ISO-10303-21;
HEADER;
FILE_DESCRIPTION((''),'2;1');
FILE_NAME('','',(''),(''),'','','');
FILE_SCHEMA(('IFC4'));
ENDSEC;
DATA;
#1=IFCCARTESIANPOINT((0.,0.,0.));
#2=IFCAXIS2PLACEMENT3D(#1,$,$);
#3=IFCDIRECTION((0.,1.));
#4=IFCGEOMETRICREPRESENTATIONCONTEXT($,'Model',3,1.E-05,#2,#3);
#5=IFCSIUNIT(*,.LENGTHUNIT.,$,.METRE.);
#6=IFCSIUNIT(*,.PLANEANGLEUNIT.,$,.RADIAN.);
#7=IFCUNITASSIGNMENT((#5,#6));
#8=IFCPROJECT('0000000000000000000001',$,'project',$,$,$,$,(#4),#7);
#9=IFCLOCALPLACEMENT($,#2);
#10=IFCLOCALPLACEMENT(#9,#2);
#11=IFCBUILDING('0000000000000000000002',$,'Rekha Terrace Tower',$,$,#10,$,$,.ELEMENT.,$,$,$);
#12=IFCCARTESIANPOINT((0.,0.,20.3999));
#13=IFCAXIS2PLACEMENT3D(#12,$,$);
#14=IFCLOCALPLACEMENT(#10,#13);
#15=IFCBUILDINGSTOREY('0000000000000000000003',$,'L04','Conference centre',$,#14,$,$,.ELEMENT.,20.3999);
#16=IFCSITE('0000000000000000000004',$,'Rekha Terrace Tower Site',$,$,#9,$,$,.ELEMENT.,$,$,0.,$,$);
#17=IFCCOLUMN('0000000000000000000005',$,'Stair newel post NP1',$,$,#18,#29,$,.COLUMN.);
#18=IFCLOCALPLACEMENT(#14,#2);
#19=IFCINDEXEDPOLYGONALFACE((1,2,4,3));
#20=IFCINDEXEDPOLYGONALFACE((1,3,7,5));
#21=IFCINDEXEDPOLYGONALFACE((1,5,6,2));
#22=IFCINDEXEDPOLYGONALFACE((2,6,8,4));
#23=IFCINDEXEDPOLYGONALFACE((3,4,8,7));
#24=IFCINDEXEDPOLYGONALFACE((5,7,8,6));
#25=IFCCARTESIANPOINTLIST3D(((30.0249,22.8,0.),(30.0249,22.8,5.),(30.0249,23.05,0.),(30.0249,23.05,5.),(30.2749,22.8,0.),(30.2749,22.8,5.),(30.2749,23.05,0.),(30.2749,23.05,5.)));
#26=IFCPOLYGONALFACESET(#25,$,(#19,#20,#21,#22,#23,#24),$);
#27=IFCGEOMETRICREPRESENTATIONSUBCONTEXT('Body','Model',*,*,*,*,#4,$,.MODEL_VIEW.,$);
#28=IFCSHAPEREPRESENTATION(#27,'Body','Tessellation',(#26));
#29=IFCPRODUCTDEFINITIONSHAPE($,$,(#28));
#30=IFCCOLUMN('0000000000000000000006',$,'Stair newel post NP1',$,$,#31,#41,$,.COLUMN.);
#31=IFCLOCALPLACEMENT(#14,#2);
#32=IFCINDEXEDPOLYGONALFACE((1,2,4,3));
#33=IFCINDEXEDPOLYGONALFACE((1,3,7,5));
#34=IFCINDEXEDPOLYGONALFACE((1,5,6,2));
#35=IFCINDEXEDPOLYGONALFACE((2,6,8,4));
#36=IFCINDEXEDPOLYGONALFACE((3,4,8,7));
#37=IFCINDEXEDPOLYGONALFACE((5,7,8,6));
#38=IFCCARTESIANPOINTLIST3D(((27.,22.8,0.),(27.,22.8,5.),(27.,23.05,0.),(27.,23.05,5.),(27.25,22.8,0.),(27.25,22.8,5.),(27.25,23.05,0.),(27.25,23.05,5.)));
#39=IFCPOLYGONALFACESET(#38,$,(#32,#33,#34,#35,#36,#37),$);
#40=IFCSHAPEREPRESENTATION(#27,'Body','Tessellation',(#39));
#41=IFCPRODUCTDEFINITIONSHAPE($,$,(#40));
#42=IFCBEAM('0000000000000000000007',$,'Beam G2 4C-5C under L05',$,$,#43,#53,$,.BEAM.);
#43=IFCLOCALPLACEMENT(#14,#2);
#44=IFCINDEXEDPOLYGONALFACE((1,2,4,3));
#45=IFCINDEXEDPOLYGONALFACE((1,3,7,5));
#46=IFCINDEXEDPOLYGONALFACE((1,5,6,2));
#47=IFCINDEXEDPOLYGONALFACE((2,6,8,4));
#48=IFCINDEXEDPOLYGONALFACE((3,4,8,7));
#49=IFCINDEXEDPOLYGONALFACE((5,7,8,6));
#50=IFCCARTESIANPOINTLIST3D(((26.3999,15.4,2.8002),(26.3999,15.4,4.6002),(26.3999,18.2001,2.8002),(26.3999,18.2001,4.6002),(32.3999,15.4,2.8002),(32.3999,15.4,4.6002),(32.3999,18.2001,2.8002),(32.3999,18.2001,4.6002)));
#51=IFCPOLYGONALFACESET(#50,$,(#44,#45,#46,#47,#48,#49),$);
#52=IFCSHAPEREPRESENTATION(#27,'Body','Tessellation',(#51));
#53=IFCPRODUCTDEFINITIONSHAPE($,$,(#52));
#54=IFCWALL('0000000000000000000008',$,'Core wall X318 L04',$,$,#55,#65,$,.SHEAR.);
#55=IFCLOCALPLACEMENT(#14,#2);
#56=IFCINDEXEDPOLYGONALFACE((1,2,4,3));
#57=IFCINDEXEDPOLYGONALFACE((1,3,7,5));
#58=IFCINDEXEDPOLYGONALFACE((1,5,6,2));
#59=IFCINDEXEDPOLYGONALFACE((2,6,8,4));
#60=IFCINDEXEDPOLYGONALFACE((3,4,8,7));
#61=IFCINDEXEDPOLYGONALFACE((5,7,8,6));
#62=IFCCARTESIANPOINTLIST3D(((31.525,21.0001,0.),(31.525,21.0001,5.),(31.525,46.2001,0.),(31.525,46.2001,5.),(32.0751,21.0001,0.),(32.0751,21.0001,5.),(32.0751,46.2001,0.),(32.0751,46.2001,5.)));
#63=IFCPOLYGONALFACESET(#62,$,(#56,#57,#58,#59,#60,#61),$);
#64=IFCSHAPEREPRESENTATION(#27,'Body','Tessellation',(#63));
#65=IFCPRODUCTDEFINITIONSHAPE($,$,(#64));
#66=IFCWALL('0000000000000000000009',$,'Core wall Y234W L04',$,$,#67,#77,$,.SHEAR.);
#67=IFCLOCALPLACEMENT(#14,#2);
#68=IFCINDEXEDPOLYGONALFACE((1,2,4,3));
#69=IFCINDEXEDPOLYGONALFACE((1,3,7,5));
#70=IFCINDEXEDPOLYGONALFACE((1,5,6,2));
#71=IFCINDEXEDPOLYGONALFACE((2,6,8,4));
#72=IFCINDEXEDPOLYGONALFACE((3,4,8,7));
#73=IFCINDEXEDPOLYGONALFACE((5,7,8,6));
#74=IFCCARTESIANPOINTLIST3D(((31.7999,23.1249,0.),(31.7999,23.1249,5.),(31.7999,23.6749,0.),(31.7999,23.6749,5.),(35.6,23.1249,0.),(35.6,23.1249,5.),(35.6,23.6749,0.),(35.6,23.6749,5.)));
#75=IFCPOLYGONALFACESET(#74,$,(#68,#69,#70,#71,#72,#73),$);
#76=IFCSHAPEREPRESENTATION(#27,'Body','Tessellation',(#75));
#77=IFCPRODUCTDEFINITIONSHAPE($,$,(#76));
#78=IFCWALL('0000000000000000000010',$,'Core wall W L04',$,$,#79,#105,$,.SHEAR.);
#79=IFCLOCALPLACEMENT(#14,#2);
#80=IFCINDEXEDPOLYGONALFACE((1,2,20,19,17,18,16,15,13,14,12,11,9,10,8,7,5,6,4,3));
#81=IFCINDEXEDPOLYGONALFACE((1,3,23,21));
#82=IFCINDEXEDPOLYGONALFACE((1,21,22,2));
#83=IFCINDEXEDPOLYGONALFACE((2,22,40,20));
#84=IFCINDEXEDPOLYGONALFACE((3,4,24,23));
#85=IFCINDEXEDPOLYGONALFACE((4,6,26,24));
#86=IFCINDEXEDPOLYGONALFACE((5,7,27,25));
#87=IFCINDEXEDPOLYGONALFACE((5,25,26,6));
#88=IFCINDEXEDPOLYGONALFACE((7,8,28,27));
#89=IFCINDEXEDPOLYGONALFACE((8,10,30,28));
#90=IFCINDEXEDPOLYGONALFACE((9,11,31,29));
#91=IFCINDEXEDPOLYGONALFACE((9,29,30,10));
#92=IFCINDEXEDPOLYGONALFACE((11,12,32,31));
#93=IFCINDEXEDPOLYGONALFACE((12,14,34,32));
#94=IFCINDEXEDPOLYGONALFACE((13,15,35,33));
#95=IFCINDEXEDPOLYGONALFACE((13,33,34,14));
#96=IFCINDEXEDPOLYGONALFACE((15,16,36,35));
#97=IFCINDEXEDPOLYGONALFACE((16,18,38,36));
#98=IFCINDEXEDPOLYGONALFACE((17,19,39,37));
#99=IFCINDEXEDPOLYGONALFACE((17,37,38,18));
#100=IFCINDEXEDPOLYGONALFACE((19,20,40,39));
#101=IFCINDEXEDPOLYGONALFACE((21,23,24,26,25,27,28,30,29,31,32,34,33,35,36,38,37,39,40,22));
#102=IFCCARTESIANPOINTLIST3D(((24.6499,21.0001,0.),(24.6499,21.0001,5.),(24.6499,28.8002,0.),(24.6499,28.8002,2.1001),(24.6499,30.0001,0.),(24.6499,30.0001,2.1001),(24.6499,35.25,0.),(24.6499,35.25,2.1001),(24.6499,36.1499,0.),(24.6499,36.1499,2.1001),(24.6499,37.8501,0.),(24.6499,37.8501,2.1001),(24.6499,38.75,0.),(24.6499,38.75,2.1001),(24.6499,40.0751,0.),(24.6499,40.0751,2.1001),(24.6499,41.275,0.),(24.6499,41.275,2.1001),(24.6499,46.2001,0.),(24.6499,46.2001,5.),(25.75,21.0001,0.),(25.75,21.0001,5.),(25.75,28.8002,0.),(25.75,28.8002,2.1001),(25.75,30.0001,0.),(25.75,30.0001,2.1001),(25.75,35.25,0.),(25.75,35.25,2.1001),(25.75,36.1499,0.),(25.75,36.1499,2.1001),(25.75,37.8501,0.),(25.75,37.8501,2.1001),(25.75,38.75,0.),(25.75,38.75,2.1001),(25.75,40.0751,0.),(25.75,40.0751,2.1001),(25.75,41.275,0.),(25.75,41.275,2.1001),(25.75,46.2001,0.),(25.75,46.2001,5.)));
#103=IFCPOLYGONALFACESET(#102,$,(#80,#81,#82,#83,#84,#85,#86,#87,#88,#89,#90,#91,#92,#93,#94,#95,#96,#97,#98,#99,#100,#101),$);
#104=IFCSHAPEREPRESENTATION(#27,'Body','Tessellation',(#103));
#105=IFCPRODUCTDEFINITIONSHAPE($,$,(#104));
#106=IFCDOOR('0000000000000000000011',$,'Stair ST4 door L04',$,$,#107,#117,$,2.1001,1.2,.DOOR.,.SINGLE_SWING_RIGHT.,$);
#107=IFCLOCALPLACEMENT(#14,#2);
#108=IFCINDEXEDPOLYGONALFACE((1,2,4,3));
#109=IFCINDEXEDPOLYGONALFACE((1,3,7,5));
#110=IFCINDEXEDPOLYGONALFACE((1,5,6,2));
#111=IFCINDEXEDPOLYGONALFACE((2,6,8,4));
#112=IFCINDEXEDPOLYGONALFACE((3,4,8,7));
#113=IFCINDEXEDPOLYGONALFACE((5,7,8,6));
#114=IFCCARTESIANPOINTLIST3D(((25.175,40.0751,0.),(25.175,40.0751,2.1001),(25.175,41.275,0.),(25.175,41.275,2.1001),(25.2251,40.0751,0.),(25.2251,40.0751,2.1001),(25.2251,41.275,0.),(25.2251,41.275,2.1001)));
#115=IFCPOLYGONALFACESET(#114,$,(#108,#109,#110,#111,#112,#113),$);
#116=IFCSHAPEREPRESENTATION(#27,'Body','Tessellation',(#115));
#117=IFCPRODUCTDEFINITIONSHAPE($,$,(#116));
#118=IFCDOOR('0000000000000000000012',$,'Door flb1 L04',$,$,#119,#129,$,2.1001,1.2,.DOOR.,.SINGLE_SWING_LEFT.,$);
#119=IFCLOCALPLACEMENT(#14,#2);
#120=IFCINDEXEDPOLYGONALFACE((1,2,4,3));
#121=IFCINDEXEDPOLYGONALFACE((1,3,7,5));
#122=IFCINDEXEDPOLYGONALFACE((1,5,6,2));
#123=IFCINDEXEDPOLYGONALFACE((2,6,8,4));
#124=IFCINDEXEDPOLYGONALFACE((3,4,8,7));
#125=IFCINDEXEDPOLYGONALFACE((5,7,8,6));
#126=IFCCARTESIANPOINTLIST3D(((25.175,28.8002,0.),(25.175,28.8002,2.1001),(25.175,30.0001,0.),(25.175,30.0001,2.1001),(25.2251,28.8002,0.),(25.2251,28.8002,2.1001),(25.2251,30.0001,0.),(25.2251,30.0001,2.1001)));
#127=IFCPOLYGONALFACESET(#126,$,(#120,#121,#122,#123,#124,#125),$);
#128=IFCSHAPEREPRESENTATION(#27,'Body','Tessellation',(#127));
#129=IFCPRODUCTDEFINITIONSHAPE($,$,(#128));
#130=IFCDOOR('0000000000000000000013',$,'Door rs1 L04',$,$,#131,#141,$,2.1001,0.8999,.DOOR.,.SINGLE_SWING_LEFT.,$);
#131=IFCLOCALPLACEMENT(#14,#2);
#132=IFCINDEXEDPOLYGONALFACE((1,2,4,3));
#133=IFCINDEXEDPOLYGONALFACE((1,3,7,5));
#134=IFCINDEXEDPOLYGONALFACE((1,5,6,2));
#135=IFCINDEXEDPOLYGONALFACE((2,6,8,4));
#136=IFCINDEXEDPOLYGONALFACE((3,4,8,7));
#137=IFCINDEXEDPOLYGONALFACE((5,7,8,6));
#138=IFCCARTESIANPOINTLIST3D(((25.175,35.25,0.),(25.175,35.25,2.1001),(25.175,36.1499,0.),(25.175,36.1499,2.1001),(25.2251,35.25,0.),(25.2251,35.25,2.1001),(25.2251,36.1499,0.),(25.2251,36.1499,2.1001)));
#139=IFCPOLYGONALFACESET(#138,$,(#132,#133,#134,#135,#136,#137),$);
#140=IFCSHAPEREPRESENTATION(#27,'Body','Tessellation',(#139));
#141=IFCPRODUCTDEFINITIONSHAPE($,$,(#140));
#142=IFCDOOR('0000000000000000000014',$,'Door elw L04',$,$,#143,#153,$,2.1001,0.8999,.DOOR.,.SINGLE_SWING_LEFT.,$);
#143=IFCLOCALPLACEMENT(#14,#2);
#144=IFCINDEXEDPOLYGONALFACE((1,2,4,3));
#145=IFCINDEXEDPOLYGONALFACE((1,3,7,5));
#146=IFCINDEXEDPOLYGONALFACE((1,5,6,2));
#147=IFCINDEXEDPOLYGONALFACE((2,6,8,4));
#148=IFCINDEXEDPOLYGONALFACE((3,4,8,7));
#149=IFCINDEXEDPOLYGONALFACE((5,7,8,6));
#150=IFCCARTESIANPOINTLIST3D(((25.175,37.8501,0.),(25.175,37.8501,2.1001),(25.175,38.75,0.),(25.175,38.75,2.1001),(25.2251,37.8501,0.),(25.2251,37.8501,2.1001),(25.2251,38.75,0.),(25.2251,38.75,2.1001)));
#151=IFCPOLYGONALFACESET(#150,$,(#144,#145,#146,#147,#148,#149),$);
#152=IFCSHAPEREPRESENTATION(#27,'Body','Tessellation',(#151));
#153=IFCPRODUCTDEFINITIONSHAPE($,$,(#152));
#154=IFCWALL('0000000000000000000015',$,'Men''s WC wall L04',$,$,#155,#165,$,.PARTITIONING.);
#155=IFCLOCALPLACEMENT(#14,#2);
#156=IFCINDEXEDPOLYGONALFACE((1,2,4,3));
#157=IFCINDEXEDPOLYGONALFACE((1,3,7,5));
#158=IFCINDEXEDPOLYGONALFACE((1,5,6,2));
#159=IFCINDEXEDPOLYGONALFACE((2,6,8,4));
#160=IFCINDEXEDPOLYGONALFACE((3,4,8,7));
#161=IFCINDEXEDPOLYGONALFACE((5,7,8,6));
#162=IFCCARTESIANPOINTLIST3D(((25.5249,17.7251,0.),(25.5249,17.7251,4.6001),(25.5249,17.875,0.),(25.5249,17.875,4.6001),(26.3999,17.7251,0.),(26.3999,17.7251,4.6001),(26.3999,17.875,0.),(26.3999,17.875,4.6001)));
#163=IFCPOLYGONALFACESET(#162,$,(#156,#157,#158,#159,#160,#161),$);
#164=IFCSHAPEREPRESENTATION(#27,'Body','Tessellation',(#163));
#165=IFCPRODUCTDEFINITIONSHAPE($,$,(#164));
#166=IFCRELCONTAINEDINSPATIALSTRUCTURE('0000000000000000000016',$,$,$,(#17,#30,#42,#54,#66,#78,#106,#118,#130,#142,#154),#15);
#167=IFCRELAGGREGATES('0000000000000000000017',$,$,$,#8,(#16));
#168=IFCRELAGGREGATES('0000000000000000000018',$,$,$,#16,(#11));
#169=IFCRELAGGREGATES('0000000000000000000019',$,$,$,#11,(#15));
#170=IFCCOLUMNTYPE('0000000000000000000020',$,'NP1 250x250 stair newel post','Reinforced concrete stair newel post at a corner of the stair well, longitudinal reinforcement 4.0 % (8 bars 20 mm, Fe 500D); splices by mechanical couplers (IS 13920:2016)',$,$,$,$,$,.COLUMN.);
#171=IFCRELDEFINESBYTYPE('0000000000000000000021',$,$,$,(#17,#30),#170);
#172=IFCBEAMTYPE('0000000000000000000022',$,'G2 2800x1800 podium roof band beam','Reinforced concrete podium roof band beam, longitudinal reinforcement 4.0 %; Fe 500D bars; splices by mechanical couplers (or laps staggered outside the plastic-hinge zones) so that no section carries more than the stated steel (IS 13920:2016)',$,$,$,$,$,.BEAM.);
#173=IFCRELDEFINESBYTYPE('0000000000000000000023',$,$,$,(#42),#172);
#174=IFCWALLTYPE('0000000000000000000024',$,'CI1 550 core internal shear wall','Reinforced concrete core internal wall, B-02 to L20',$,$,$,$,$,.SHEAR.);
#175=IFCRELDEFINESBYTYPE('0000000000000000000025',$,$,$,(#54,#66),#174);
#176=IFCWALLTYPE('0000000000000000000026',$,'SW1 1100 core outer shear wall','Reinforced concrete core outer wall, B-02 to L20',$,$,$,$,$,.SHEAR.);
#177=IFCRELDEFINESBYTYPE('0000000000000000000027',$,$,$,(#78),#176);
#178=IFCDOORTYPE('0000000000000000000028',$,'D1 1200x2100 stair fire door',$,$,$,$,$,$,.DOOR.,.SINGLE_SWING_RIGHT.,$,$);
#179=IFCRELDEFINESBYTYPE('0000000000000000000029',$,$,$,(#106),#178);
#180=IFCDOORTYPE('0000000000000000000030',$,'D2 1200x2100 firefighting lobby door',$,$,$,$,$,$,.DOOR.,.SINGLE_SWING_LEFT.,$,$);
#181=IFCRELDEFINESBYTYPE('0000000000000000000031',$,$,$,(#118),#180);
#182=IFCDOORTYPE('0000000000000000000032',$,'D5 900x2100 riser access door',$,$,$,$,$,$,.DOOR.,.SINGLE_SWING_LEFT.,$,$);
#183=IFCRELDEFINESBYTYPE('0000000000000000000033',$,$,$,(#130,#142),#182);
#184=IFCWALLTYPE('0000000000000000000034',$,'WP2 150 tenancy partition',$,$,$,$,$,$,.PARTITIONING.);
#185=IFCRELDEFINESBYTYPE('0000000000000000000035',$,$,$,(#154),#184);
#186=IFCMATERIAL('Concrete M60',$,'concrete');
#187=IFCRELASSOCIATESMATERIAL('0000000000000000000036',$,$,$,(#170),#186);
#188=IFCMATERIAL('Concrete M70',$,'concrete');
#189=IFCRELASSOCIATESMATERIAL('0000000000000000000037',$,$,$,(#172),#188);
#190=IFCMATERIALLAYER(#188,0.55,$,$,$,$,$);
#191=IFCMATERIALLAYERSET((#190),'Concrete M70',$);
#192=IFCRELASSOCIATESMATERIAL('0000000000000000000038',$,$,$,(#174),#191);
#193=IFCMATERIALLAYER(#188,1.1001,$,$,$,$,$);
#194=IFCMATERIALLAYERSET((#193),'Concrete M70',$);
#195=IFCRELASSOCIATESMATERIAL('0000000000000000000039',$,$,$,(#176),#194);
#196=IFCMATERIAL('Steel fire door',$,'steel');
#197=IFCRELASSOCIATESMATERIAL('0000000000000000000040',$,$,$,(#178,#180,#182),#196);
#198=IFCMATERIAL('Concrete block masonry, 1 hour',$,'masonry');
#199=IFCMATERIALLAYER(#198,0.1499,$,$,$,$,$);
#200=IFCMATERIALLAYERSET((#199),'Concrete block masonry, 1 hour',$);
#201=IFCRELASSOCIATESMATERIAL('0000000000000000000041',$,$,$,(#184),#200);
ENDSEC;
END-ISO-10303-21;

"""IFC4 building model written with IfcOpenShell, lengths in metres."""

from ifc_helpers import new_model, si_unit, direction, frame, frame_2d, origin, origin_2d, place, context, subcontext, project, spatial, rectangle, extrude, material, layer, layer_set, material_profile, profile_set, type_object, element, fill, save


model = new_model("IFC4")

# Units and contexts
model_context = context("Model", 3, precision=1e-05, world=origin(), true_north=direction((0.0, 1.0)))
body_context = subcontext(model_context, "Body", "Model", "MODEL_VIEW")
ifc_project = project(units=[si_unit("LENGTHUNIT", "METRE"), si_unit("PLANEANGLEUNIT", "RADIAN")], contexts=[model_context])

# Site, building, storey
site_placement = place(None, origin())
site = spatial("IfcSite", under=ifc_project, at=site_placement, Name="Rekha Terrace Tower Site", CompositionType="ELEMENT", RefElevation=0.0)
building_placement = place(site_placement, origin())
building = spatial("IfcBuilding", under=site, at=building_placement, Name="Rekha Terrace Tower", CompositionType="ELEMENT")
storey_placement = place(building_placement, frame((0.0, 0.0, 20.3999)))
storey = spatial("IfcBuildingStorey", under=building, at=storey_placement, Name="L04", Description="Conference centre", CompositionType="ELEMENT", Elevation=20.3999)

# Columns
ifc_material_1 = material(Name="Concrete M60", Category="concrete")
ifc_material_profile_1 = material_profile(ifc_material_1, rectangle(XDim=0.25, YDim=0.25, at=origin_2d()), Name="RC 250x250")
ifc_profile_set_1 = profile_set([ifc_material_profile_1], Name="Concrete M60")
column_type = type_object("IfcColumnType", Name="NP1 250x250 stair newel post", Description="Reinforced concrete stair newel post at a corner of the stair well, longitudinal reinforcement 4.0 % (8 bars 20 mm, Fe 500D); splices by mechanical couplers (IS 13920:2016)", PredefinedType="COLUMN", material=ifc_profile_set_1)
for number, where, z_axis, x_axis, name in (
    (1, (30.1499, 22.925, 0.0), (0.0, 0.0, 1.0), (1.0, 0.0, 0.0), "Stair newel post NP1"),
    (2, (27.125, 22.925, 0.0), (0.0, 0.0, 1.0), (1.0, 0.0, 0.0), "Stair newel post NP1"),
):
    element("IfcColumn", number, at=place(storey_placement, frame(where, z_axis=z_axis, x_axis=x_axis)), inside=storey, type_object=column_type, Name=name, PredefinedType="COLUMN", context=body_context, shape_type="SweptSolid", body=[
        extrude(rectangle(XDim=0.25, YDim=0.25, at=origin_2d()), origin(), (0.0, 0.0, 1.0), 5.0),
    ])

# Beam
ifc_material_2 = material(Name="Concrete M70", Category="concrete")
ifc_material_profile_2 = material_profile(ifc_material_2, rectangle(XDim=2.8, YDim=1.8, at=origin_2d()), Name="RC 2800x1800")
ifc_profile_set_2 = profile_set([ifc_material_profile_2], Name="Concrete M70")
beam_type = type_object("IfcBeamType", Name="G2 2800x1800 podium roof band beam", Description="Reinforced concrete podium roof band beam, longitudinal reinforcement 4.0 %; Fe 500D bars; splices by mechanical couplers (or laps staggered outside the plastic-hinge zones) so that no section carries more than the stated steel (IS 13920:2016)", PredefinedType="BEAM", material=ifc_profile_set_2)
beam_placement = place(storey_placement, frame((26.3999, 16.8, 3.7002), z_axis=(1.0, 0.0, 0.0), x_axis=(0.0, 1.0, 0.0)))
element("IfcBeam", 3, at=beam_placement, inside=storey, type_object=beam_type, Name="Beam G2 4C-5C under L05", PredefinedType="BEAM", context=body_context, shape_type="SweptSolid", body=[
    extrude(rectangle(XDim=2.8, YDim=1.8, at=origin_2d()), origin(), (0.0, 0.0, 1.0), 6.0),
])

# Walls
ifc_layer_1 = layer(ifc_material_2, 0.55)
ifc_layer_set_1 = layer_set([ifc_layer_1], Name="Concrete M70")
wall_type_1 = type_object("IfcWallType", Name="CI1 550 core internal shear wall", Description="Reinforced concrete core internal wall, B-02 to L20", PredefinedType="SHEAR", material=ifc_layer_set_1)
wall_1_placement = place(storey_placement, frame((31.8, 21.0, 0.0), z_axis=(0.0, 0.0, 1.0), x_axis=(0.0, 1.0, 0.0)))
element("IfcWall", 4, at=wall_1_placement, inside=storey, type_object=wall_type_1, Name="Core wall X318 L04", PredefinedType="SHEAR", context=body_context, shape_type="SweptSolid", body=[
    extrude(rectangle(XDim=25.2, YDim=0.55, at=frame_2d((12.6001, 0.0))), origin(), (0.0, 0.0, 1.0), 5.0),
])
wall_2_placement = place(storey_placement, frame((31.8, 23.3999, 0.0), z_axis=(0.0, 0.0, 1.0), x_axis=(1.0, 0.0, 0.0)))
element("IfcWall", 5, at=wall_2_placement, inside=storey, type_object=wall_type_1, Name="Core wall Y234W L04", PredefinedType="SHEAR", context=body_context, shape_type="SweptSolid", body=[
    extrude(rectangle(XDim=3.8, YDim=0.55, at=frame_2d((1.8999, 0.0))), origin(), (0.0, 0.0, 1.0), 5.0),
])

# Wall, openings, doors
ifc_layer_2 = layer(ifc_material_2, 1.1001)
ifc_layer_set_2 = layer_set([ifc_layer_2], Name="Concrete M70")
wall_type_2 = type_object("IfcWallType", Name="SW1 1100 core outer shear wall", Description="Reinforced concrete core outer wall, B-02 to L20", PredefinedType="SHEAR", material=ifc_layer_set_2)
wall_3_placement = place(storey_placement, frame((25.2, 21.0, 0.0), z_axis=(0.0, 0.0, 1.0), x_axis=(0.0, 1.0, 0.0)))
wall_3 = element("IfcWall", 6, at=wall_3_placement, inside=storey, type_object=wall_type_2, Name="Core wall W L04", PredefinedType="SHEAR", context=body_context, shape_type="SweptSolid", body=[
    extrude(rectangle(XDim=25.2, YDim=1.1001, at=frame_2d((12.6001, 0.0))), origin(), (0.0, 0.0, 1.0), 5.0),
])
opening_1_placement = place(wall_3_placement, frame((7.8, 0.0, 0.0)))
opening_1 = element("IfcOpeningElement", 7, at=opening_1_placement, cuts=wall_3, PredefinedType="OPENING", context=body_context, shape_type="SweptSolid", body=[
    extrude(rectangle(XDim=1.2, YDim=2.1001, at=frame_2d((0.6001, 1.05))), frame((0.0, 0.5601, 0.0), z_axis=(0.0, -1.0, 0.0), x_axis=(1.0, 0.0, 0.0)), (0.0, 0.0, 1.0), 1.1201),
])
opening_2_placement = place(wall_3_placement, frame((14.25, 0.0, 0.0)))
opening_2 = element("IfcOpeningElement", 8, at=opening_2_placement, cuts=wall_3, PredefinedType="OPENING", context=body_context, shape_type="SweptSolid", body=[
    extrude(rectangle(XDim=0.8999, YDim=2.1001, at=frame_2d((0.45, 1.05))), frame((0.0, 0.5601, 0.0), z_axis=(0.0, -1.0, 0.0), x_axis=(1.0, 0.0, 0.0)), (0.0, 0.0, 1.0), 1.1201),
])
opening_3_placement = place(wall_3_placement, frame((16.8501, 0.0, 0.0)))
opening_3 = element("IfcOpeningElement", 9, at=opening_3_placement, cuts=wall_3, PredefinedType="OPENING", context=body_context, shape_type="SweptSolid", body=[
    extrude(rectangle(XDim=0.8999, YDim=2.1001, at=frame_2d((0.45, 1.05))), frame((0.0, 0.5601, 0.0), z_axis=(0.0, -1.0, 0.0), x_axis=(1.0, 0.0, 0.0)), (0.0, 0.0, 1.0), 1.1201),
])
opening_4_placement = place(wall_3_placement, frame((19.075, 0.0, 0.0)))
opening_4 = element("IfcOpeningElement", 10, at=opening_4_placement, cuts=wall_3, PredefinedType="OPENING", context=body_context, shape_type="SweptSolid", body=[
    extrude(rectangle(XDim=1.2, YDim=2.1001, at=frame_2d((0.6001, 1.05))), frame((0.0, 0.5601, 0.0), z_axis=(0.0, -1.0, 0.0), x_axis=(1.0, 0.0, 0.0)), (0.0, 0.0, 1.0), 1.1201),
])
ifc_material_3 = material(Name="Steel fire door", Category="steel")
door_type_1 = type_object("IfcDoorType", Name="D1 1200x2100 stair fire door", OperationType="SINGLE_SWING_RIGHT", PredefinedType="DOOR", material=ifc_material_3)
door_1_placement = place(opening_4_placement, origin())
door_1 = element("IfcDoor", 11, at=door_1_placement, inside=storey, type_object=door_type_1, Name="Stair ST4 door L04", OperationType="SINGLE_SWING_RIGHT", OverallHeight=2.1001, OverallWidth=1.2, PredefinedType="DOOR", context=body_context, shape_type="SweptSolid", body=[
    extrude(rectangle(XDim=1.2, YDim=2.1001, at=frame_2d((0.6001, 1.05))), frame((0.0, 0.0249, 0.0), z_axis=(0.0, -1.0, 0.0), x_axis=(1.0, 0.0, 0.0)), (0.0, 0.0, 1.0), 0.05),
])
fill(opening_4, door_1)
door_type_2 = type_object("IfcDoorType", Name="D2 1200x2100 firefighting lobby door", OperationType="SINGLE_SWING_LEFT", PredefinedType="DOOR", material=ifc_material_3)
door_2_placement = place(opening_1_placement, origin())
door_2 = element("IfcDoor", 12, at=door_2_placement, inside=storey, type_object=door_type_2, Name="Door flb1 L04", OperationType="SINGLE_SWING_LEFT", OverallHeight=2.1001, OverallWidth=1.2, PredefinedType="DOOR", context=body_context, shape_type="SweptSolid", body=[
    extrude(rectangle(XDim=1.2, YDim=2.1001, at=frame_2d((0.6001, 1.05))), frame((0.0, 0.0249, 0.0), z_axis=(0.0, -1.0, 0.0), x_axis=(1.0, 0.0, 0.0)), (0.0, 0.0, 1.0), 0.05),
])
fill(opening_1, door_2)
door_type_3 = type_object("IfcDoorType", Name="D5 900x2100 riser access door", OperationType="SINGLE_SWING_LEFT", PredefinedType="DOOR", material=ifc_material_3)
door_3_placement = place(opening_2_placement, origin())
door_3 = element("IfcDoor", 13, at=door_3_placement, inside=storey, type_object=door_type_3, Name="Door rs1 L04", OperationType="SINGLE_SWING_LEFT", OverallHeight=2.1001, OverallWidth=0.8999, PredefinedType="DOOR", context=body_context, shape_type="SweptSolid", body=[
    extrude(rectangle(XDim=0.8999, YDim=2.1001, at=frame_2d((0.45, 1.05))), frame((0.0, 0.0249, 0.0), z_axis=(0.0, -1.0, 0.0), x_axis=(1.0, 0.0, 0.0)), (0.0, 0.0, 1.0), 0.05),
])
fill(opening_2, door_3)
door_4_placement = place(opening_3_placement, origin())
door_4 = element("IfcDoor", 14, at=door_4_placement, inside=storey, type_object=door_type_3, Name="Door elw L04", OperationType="SINGLE_SWING_LEFT", OverallHeight=2.1001, OverallWidth=0.8999, PredefinedType="DOOR", context=body_context, shape_type="SweptSolid", body=[
    extrude(rectangle(XDim=0.8999, YDim=2.1001, at=frame_2d((0.45, 1.05))), frame((0.0, 0.0249, 0.0), z_axis=(0.0, -1.0, 0.0), x_axis=(1.0, 0.0, 0.0)), (0.0, 0.0, 1.0), 0.05),
])
fill(opening_3, door_4)

# Wall
ifc_material_4 = material(Name="Concrete block masonry, 1 hour", Category="masonry")
ifc_layer_3 = layer(ifc_material_4, 0.1499)
ifc_layer_set_3 = layer_set([ifc_layer_3], Name="Concrete block masonry, 1 hour")
wall_type_3 = type_object("IfcWallType", Name="WP2 150 tenancy partition", PredefinedType="PARTITIONING", material=ifc_layer_set_3)
wall_4_placement = place(storey_placement, frame((25.5249, 17.8, 0.0), z_axis=(0.0, 0.0, 1.0), x_axis=(1.0, 0.0, 0.0)))
element("IfcWall", 15, at=wall_4_placement, inside=storey, type_object=wall_type_3, Name="Men's WC wall L04", PredefinedType="PARTITIONING", context=body_context, shape_type="SweptSolid", body=[
    extrude(rectangle(XDim=0.875, YDim=0.1499, at=frame_2d((0.4375, 0.0))), origin(), (0.0, 0.0, 1.0), 4.6001),
])

save(model, "model.ifc")
